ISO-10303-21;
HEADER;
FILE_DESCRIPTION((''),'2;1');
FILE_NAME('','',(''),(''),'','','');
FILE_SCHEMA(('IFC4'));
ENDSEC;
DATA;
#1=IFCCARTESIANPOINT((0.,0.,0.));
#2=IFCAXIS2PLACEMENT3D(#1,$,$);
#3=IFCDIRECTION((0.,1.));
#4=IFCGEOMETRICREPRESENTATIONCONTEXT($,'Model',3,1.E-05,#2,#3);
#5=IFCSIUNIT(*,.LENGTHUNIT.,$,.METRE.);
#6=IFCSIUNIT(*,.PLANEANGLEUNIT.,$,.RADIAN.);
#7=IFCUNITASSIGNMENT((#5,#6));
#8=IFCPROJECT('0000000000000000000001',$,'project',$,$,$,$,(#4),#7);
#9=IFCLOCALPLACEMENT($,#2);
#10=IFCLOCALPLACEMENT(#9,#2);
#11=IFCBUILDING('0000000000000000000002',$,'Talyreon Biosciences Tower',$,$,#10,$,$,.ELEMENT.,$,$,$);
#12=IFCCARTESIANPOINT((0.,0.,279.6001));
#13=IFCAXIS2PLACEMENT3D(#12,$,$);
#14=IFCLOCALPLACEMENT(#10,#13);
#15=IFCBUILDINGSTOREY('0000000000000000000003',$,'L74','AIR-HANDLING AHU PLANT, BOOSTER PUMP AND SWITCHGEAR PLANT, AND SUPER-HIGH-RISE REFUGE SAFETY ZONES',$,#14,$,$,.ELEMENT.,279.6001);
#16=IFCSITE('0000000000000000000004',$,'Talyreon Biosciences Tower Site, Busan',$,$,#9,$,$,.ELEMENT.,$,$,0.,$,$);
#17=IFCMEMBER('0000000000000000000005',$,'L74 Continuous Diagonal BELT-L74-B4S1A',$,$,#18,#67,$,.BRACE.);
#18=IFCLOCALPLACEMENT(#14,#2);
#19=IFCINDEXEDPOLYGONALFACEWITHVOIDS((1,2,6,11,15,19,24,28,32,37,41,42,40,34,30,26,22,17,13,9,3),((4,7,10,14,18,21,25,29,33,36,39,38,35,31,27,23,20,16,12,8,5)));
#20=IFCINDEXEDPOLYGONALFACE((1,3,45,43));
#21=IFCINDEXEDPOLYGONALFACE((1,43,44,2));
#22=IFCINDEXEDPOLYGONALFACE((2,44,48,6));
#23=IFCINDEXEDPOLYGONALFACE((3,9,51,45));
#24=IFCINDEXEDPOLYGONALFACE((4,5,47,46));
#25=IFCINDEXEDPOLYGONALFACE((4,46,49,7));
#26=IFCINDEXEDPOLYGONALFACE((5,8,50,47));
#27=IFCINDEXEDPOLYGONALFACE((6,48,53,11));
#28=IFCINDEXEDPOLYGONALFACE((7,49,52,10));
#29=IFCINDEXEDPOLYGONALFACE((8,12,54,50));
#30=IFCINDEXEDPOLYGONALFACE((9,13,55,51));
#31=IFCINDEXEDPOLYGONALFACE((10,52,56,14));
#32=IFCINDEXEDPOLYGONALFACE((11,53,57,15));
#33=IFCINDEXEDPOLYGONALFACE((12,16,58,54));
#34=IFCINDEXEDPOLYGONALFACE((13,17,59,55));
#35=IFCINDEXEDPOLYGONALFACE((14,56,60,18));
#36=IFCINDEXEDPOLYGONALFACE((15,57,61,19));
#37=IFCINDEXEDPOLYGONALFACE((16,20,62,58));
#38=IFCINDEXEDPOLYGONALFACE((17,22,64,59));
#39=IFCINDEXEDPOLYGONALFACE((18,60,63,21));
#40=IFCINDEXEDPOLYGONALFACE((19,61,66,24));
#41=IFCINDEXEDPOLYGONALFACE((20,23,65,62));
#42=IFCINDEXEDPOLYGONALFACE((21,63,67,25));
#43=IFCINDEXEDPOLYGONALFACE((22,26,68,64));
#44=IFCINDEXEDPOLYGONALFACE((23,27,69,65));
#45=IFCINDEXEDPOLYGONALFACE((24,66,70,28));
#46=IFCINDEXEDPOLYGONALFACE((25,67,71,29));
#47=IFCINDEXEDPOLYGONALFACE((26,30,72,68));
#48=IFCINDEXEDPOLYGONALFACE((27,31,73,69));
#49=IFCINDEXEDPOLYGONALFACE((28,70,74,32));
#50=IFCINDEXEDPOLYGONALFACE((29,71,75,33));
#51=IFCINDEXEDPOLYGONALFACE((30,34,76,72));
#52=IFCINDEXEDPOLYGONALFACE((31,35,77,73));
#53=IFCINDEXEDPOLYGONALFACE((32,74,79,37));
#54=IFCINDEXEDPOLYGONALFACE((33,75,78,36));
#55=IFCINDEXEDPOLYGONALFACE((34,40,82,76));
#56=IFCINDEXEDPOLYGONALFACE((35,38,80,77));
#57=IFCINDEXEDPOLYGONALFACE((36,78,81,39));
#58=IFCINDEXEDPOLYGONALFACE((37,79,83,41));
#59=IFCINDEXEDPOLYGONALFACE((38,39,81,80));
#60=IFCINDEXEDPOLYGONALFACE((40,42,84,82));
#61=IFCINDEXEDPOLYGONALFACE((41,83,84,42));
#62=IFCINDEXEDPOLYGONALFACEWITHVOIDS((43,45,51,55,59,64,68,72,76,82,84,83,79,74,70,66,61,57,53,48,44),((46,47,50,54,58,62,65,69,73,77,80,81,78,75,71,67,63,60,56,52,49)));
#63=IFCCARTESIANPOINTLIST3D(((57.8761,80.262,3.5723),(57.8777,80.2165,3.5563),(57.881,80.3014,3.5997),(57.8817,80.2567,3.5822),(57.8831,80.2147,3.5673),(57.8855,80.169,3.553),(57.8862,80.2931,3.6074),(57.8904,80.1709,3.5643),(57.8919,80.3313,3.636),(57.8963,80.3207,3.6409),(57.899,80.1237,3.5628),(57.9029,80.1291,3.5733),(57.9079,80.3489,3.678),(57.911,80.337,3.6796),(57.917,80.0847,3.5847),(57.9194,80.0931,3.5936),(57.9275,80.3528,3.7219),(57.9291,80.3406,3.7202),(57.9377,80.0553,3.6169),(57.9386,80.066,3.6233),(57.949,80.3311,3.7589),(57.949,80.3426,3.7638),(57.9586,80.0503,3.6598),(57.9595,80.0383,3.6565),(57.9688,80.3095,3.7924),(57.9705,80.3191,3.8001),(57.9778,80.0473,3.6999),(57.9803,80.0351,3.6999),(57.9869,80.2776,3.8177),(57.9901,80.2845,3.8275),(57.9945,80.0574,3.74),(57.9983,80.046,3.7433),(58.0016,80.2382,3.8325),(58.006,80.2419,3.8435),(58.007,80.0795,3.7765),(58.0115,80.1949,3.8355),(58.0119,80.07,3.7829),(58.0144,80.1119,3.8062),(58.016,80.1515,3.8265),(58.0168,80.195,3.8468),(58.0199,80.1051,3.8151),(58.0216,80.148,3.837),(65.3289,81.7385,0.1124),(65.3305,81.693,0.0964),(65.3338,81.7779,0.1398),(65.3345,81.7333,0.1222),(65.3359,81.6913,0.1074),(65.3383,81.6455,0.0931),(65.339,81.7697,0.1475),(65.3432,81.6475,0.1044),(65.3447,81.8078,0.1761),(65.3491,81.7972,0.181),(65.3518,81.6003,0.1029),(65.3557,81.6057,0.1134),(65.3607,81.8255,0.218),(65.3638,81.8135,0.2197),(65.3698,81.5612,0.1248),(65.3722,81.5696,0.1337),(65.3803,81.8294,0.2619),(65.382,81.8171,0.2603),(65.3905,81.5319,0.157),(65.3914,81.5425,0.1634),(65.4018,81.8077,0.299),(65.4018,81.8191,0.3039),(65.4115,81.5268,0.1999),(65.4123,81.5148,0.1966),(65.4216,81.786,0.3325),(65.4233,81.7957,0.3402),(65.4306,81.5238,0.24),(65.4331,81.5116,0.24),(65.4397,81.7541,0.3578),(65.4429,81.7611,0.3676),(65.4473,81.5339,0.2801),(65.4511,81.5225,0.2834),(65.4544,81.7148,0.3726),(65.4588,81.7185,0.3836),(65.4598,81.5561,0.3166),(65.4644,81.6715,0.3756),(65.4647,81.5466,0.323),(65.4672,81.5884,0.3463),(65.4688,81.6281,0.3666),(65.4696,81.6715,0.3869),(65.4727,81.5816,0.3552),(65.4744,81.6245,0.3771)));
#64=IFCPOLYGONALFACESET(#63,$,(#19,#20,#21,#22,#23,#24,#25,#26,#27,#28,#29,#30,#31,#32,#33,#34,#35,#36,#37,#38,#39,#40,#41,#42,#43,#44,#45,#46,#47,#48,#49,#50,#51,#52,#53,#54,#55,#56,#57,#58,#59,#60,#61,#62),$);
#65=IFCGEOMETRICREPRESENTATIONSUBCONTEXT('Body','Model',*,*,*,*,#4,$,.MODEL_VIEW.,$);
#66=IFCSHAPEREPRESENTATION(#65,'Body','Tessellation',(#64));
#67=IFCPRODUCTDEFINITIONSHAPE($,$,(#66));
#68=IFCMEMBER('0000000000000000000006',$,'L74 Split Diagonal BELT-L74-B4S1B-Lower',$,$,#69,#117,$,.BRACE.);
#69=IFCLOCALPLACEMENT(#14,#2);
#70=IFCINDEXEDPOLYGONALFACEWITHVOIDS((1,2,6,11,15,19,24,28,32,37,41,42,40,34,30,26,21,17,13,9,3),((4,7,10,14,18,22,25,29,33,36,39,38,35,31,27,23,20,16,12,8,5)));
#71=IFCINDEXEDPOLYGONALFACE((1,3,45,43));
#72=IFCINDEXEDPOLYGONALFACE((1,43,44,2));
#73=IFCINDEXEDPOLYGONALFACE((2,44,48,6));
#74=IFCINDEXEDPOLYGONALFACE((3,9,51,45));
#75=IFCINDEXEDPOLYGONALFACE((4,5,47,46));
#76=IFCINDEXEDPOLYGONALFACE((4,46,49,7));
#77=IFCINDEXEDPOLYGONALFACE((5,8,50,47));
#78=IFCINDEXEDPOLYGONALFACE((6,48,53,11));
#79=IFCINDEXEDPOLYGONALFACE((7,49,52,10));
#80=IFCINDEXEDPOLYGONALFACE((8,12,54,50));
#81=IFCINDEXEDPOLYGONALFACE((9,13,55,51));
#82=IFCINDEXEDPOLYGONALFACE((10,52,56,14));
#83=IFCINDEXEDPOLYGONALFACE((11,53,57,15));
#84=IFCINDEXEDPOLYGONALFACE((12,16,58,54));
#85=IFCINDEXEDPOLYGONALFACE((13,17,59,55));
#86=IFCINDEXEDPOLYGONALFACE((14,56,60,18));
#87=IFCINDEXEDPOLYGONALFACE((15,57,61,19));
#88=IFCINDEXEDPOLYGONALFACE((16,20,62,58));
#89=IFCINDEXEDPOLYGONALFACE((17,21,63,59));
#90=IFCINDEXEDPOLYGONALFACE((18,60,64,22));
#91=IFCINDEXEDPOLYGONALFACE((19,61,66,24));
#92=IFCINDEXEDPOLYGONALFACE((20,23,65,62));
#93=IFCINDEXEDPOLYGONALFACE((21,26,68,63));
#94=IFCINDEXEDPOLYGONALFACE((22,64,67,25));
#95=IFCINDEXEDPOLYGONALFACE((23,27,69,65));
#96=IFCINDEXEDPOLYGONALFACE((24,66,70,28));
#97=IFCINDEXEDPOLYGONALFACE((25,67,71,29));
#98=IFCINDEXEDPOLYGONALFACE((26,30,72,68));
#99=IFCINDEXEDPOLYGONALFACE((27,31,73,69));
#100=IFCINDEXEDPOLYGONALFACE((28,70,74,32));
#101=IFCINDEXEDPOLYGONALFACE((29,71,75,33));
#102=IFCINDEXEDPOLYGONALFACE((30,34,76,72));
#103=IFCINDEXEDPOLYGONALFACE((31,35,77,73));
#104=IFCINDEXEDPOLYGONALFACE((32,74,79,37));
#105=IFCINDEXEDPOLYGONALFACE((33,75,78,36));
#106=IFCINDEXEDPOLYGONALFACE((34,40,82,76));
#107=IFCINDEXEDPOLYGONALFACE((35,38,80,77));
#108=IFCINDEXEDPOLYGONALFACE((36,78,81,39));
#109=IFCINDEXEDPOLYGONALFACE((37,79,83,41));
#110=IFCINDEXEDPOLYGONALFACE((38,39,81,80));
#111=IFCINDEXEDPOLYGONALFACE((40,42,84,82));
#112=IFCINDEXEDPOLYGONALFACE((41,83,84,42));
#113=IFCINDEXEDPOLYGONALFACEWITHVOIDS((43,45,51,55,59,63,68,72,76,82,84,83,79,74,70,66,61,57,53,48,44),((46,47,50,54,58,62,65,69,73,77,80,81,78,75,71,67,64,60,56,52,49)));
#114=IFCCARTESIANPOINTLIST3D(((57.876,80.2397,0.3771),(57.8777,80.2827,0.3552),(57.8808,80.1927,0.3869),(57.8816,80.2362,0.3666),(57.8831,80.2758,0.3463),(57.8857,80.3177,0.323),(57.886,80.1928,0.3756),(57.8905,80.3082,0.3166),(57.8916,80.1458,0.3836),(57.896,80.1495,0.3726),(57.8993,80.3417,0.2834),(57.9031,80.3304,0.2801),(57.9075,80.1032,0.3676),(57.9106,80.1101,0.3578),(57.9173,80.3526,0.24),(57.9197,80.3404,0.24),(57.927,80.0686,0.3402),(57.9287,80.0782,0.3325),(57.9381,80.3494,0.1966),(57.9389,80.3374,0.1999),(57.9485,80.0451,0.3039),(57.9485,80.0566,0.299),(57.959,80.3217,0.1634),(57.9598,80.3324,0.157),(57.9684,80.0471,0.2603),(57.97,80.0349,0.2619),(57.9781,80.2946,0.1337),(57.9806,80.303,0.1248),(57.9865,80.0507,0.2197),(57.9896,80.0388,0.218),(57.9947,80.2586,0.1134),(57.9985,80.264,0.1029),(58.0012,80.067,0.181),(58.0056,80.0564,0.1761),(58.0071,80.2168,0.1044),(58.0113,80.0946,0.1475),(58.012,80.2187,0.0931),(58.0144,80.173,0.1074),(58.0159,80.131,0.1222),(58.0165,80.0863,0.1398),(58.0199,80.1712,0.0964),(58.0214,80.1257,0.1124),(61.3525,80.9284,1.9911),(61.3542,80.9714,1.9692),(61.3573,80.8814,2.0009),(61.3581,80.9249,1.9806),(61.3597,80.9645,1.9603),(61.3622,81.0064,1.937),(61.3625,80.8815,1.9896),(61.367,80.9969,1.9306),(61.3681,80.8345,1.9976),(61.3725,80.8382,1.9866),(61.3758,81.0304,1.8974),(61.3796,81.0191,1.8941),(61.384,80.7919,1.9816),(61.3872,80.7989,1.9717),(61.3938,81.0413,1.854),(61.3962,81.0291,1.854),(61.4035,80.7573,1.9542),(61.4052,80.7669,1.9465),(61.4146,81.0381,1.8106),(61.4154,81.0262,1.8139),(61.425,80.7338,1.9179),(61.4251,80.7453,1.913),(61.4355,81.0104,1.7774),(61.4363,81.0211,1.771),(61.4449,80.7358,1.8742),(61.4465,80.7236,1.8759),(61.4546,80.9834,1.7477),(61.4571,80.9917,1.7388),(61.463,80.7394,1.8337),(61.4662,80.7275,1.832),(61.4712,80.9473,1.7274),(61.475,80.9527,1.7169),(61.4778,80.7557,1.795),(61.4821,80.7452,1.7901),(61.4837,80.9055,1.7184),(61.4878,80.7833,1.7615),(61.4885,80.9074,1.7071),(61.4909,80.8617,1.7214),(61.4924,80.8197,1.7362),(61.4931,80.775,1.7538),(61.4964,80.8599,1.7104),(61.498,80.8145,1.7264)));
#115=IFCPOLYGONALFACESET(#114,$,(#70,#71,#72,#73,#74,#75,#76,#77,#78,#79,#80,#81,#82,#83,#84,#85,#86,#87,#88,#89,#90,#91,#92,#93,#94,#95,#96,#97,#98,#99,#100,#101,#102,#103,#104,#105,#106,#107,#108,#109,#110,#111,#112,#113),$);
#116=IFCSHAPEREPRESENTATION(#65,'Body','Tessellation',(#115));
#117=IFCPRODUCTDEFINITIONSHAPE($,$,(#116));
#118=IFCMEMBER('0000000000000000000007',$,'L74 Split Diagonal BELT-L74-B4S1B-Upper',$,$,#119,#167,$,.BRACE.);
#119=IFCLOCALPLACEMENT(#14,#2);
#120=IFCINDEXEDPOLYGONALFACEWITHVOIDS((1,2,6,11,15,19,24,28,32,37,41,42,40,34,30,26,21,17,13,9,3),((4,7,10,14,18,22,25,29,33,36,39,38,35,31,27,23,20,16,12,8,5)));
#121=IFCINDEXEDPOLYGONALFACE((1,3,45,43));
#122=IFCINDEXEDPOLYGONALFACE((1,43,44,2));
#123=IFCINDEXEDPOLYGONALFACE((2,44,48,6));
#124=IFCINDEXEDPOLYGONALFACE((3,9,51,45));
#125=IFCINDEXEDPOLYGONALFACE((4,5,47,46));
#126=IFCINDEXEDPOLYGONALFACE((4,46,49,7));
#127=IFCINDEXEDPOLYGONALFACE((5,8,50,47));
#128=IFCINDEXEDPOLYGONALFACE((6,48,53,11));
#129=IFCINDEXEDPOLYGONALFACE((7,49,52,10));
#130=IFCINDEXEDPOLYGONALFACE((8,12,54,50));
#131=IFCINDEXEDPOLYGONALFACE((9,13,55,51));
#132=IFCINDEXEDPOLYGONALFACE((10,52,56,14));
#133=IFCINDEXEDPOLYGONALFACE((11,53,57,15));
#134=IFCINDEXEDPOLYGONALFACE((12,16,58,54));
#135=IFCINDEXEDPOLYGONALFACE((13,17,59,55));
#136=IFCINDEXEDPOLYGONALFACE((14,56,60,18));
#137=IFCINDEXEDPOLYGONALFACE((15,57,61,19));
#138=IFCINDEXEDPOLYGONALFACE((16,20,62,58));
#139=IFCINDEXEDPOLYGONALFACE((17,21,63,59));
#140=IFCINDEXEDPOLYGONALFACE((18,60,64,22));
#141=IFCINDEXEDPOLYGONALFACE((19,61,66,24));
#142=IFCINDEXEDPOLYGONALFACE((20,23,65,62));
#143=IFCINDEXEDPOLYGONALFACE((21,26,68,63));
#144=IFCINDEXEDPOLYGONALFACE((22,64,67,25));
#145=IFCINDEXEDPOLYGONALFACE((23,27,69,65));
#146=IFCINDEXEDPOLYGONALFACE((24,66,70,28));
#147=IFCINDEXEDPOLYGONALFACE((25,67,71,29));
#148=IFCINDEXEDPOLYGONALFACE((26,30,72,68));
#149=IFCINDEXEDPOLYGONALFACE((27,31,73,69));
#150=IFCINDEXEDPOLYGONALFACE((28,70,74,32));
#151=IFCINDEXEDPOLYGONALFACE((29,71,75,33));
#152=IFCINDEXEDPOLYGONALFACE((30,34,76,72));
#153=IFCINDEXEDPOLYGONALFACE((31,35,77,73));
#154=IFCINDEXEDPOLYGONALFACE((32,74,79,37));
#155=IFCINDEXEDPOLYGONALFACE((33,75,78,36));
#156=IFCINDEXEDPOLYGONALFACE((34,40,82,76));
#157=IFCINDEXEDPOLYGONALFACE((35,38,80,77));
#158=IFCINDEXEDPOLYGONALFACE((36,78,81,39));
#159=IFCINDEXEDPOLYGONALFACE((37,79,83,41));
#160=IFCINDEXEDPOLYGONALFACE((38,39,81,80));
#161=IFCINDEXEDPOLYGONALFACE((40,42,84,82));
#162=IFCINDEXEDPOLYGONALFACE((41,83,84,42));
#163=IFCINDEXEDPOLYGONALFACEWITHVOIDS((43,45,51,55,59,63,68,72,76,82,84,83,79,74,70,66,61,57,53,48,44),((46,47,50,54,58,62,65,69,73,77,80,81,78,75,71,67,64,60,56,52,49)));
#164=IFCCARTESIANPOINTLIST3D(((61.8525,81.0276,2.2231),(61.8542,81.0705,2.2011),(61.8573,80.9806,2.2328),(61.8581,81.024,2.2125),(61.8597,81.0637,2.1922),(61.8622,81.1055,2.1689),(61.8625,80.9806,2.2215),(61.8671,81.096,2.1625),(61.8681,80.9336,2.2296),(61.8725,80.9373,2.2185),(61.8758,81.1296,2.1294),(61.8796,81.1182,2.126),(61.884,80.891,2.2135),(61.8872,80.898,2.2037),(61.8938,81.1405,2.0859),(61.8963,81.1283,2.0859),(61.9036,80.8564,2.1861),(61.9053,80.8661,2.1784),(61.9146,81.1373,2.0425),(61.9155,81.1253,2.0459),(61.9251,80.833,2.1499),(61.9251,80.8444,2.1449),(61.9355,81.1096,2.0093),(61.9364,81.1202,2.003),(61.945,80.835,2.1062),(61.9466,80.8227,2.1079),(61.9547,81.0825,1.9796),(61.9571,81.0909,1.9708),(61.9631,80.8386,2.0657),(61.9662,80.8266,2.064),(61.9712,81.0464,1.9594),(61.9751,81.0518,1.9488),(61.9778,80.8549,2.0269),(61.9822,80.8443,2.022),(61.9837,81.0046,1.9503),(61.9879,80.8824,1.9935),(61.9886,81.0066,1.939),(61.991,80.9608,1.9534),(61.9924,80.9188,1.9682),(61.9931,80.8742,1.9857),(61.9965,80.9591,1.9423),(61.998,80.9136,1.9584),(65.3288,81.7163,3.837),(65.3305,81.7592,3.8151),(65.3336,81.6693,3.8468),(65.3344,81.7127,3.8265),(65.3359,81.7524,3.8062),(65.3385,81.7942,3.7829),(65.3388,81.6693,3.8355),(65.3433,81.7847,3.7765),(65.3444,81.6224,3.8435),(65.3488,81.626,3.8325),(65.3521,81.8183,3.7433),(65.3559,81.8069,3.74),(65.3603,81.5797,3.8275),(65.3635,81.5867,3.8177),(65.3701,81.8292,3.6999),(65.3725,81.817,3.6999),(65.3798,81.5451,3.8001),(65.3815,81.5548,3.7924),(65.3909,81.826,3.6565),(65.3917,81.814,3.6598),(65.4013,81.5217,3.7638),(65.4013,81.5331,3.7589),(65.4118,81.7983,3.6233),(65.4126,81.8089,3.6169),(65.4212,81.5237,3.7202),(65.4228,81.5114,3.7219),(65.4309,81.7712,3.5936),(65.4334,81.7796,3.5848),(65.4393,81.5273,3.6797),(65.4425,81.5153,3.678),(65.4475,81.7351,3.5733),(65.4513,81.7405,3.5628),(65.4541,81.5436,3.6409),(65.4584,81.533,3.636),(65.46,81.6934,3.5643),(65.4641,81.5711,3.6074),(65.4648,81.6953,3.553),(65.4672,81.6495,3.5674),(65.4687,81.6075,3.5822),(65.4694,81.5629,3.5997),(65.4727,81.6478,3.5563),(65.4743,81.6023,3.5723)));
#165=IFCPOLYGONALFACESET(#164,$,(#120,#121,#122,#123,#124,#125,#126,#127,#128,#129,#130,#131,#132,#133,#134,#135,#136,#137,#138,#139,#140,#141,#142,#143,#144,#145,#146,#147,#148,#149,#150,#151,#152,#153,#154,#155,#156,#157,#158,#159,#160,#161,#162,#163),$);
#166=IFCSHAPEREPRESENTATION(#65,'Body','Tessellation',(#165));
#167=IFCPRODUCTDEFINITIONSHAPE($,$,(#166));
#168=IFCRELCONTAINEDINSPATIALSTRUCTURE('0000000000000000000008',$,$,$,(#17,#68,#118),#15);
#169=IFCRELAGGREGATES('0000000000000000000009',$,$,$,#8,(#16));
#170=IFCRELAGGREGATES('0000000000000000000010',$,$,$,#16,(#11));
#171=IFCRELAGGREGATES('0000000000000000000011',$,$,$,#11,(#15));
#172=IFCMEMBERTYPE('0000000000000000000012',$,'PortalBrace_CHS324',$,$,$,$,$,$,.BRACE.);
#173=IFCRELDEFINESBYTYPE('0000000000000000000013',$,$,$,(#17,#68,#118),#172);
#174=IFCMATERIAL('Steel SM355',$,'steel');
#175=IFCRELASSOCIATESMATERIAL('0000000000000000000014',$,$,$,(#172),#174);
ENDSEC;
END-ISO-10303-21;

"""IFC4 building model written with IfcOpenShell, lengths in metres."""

from ifc_helpers import new_model, si_unit, direction, frame, origin, origin_2d, place, context, subcontext, project, spatial, hollow_circle, extrude, material, material_profile, profile_set, type_object, element, save


model = new_model("IFC4")

# Units and contexts
model_context = context("Model", 3, precision=1e-05, world=origin(), true_north=direction((0.0, 1.0)))
body_context = subcontext(model_context, "Body", "Model", "MODEL_VIEW")
ifc_project = project(units=[si_unit("LENGTHUNIT", "METRE"), si_unit("PLANEANGLEUNIT", "RADIAN")], contexts=[model_context])

# Site, building, storey
site_placement = place(None, origin())
site = spatial("IfcSite", under=ifc_project, at=site_placement, Name="Talyreon Biosciences Tower Site, Busan", CompositionType="ELEMENT", RefElevation=0.0)
building_placement = place(site_placement, origin())
building = spatial("IfcBuilding", under=site, at=building_placement, Name="Talyreon Biosciences Tower", CompositionType="ELEMENT")
storey_placement = place(building_placement, frame((0.0, 0.0, 279.6001)))
storey = spatial("IfcBuildingStorey", under=building, at=storey_placement, Name="L74", Description="AIR-HANDLING AHU PLANT, BOOSTER PUMP AND SWITCHGEAR PLANT, AND SUPER-HIGH-RISE REFUGE SAFETY ZONES", CompositionType="ELEMENT", Elevation=279.6001)

# Shared definitions
ifc_material_1 = material(Name="Steel SM355", Category="steel")

# Members
ifc_material_profile_1 = material_profile(ifc_material_1, hollow_circle(Radius=0.1619, WallThickness=0.0125, at=origin_2d()), Name="CHS 323.9x12.5")
ifc_profile_set_1 = profile_set([ifc_material_profile_1], Name="Steel SM355")
member_type_1 = type_object("IfcMemberType", Name="PortalBrace_CHS324", PredefinedType="BRACE", material=ifc_profile_set_1)
member_1_placement = place(storey_placement, frame((65.4016, 81.6704, 0.24), z_axis=(-0.892724, -0.176866, 0.414442), x_axis=(0.194342, -0.980934, 0.0)))
element("IfcMember", 1, at=member_1_placement, inside=storey, type_object=member_type_1, Name="L74 Continuous Diagonal BELT-L74-B4S1A", PredefinedType="BRACE", context=body_context, shape_type="SweptSolid", body=[
    extrude(hollow_circle(Radius=0.1619, WallThickness=0.0125, at=origin_2d()), origin(), (0.0, 0.0, 1.0), 8.3484),
])
member_2_placement = place(storey_placement, frame((57.9487, 80.1938, 0.24), z_axis=(0.892722, 0.176852, 0.414451), x_axis=(-0.194327, 0.980937, 0.0)))
element("IfcMember", 2, at=member_2_placement, inside=storey, type_object=member_type_1, Name="L74 Split Diagonal BELT-L74-B4S1B-Lower", PredefinedType="BRACE", context=body_context, shape_type="SweptSolid", body=[
    extrude(hollow_circle(Radius=0.1619, WallThickness=0.0125, at=origin_2d()), origin(), (0.0, 0.0, 1.0), 3.8943),
])
member_3_placement = place(storey_placement, frame((61.9253, 80.9817, 2.0859), z_axis=(0.89271, 0.176862, 0.414475), x_axis=(-0.194341, 0.980934, 0.0)))
element("IfcMember", 3, at=member_3_placement, inside=storey, type_object=member_type_1, Name="L74 Split Diagonal BELT-L74-B4S1B-Upper", PredefinedType="BRACE", context=body_context, shape_type="SweptSolid", body=[
    extrude(hollow_circle(Radius=0.1619, WallThickness=0.0125, at=origin_2d()), origin(), (0.0, 0.0, 1.0), 3.894),
])

save(model, "model.ifc")
